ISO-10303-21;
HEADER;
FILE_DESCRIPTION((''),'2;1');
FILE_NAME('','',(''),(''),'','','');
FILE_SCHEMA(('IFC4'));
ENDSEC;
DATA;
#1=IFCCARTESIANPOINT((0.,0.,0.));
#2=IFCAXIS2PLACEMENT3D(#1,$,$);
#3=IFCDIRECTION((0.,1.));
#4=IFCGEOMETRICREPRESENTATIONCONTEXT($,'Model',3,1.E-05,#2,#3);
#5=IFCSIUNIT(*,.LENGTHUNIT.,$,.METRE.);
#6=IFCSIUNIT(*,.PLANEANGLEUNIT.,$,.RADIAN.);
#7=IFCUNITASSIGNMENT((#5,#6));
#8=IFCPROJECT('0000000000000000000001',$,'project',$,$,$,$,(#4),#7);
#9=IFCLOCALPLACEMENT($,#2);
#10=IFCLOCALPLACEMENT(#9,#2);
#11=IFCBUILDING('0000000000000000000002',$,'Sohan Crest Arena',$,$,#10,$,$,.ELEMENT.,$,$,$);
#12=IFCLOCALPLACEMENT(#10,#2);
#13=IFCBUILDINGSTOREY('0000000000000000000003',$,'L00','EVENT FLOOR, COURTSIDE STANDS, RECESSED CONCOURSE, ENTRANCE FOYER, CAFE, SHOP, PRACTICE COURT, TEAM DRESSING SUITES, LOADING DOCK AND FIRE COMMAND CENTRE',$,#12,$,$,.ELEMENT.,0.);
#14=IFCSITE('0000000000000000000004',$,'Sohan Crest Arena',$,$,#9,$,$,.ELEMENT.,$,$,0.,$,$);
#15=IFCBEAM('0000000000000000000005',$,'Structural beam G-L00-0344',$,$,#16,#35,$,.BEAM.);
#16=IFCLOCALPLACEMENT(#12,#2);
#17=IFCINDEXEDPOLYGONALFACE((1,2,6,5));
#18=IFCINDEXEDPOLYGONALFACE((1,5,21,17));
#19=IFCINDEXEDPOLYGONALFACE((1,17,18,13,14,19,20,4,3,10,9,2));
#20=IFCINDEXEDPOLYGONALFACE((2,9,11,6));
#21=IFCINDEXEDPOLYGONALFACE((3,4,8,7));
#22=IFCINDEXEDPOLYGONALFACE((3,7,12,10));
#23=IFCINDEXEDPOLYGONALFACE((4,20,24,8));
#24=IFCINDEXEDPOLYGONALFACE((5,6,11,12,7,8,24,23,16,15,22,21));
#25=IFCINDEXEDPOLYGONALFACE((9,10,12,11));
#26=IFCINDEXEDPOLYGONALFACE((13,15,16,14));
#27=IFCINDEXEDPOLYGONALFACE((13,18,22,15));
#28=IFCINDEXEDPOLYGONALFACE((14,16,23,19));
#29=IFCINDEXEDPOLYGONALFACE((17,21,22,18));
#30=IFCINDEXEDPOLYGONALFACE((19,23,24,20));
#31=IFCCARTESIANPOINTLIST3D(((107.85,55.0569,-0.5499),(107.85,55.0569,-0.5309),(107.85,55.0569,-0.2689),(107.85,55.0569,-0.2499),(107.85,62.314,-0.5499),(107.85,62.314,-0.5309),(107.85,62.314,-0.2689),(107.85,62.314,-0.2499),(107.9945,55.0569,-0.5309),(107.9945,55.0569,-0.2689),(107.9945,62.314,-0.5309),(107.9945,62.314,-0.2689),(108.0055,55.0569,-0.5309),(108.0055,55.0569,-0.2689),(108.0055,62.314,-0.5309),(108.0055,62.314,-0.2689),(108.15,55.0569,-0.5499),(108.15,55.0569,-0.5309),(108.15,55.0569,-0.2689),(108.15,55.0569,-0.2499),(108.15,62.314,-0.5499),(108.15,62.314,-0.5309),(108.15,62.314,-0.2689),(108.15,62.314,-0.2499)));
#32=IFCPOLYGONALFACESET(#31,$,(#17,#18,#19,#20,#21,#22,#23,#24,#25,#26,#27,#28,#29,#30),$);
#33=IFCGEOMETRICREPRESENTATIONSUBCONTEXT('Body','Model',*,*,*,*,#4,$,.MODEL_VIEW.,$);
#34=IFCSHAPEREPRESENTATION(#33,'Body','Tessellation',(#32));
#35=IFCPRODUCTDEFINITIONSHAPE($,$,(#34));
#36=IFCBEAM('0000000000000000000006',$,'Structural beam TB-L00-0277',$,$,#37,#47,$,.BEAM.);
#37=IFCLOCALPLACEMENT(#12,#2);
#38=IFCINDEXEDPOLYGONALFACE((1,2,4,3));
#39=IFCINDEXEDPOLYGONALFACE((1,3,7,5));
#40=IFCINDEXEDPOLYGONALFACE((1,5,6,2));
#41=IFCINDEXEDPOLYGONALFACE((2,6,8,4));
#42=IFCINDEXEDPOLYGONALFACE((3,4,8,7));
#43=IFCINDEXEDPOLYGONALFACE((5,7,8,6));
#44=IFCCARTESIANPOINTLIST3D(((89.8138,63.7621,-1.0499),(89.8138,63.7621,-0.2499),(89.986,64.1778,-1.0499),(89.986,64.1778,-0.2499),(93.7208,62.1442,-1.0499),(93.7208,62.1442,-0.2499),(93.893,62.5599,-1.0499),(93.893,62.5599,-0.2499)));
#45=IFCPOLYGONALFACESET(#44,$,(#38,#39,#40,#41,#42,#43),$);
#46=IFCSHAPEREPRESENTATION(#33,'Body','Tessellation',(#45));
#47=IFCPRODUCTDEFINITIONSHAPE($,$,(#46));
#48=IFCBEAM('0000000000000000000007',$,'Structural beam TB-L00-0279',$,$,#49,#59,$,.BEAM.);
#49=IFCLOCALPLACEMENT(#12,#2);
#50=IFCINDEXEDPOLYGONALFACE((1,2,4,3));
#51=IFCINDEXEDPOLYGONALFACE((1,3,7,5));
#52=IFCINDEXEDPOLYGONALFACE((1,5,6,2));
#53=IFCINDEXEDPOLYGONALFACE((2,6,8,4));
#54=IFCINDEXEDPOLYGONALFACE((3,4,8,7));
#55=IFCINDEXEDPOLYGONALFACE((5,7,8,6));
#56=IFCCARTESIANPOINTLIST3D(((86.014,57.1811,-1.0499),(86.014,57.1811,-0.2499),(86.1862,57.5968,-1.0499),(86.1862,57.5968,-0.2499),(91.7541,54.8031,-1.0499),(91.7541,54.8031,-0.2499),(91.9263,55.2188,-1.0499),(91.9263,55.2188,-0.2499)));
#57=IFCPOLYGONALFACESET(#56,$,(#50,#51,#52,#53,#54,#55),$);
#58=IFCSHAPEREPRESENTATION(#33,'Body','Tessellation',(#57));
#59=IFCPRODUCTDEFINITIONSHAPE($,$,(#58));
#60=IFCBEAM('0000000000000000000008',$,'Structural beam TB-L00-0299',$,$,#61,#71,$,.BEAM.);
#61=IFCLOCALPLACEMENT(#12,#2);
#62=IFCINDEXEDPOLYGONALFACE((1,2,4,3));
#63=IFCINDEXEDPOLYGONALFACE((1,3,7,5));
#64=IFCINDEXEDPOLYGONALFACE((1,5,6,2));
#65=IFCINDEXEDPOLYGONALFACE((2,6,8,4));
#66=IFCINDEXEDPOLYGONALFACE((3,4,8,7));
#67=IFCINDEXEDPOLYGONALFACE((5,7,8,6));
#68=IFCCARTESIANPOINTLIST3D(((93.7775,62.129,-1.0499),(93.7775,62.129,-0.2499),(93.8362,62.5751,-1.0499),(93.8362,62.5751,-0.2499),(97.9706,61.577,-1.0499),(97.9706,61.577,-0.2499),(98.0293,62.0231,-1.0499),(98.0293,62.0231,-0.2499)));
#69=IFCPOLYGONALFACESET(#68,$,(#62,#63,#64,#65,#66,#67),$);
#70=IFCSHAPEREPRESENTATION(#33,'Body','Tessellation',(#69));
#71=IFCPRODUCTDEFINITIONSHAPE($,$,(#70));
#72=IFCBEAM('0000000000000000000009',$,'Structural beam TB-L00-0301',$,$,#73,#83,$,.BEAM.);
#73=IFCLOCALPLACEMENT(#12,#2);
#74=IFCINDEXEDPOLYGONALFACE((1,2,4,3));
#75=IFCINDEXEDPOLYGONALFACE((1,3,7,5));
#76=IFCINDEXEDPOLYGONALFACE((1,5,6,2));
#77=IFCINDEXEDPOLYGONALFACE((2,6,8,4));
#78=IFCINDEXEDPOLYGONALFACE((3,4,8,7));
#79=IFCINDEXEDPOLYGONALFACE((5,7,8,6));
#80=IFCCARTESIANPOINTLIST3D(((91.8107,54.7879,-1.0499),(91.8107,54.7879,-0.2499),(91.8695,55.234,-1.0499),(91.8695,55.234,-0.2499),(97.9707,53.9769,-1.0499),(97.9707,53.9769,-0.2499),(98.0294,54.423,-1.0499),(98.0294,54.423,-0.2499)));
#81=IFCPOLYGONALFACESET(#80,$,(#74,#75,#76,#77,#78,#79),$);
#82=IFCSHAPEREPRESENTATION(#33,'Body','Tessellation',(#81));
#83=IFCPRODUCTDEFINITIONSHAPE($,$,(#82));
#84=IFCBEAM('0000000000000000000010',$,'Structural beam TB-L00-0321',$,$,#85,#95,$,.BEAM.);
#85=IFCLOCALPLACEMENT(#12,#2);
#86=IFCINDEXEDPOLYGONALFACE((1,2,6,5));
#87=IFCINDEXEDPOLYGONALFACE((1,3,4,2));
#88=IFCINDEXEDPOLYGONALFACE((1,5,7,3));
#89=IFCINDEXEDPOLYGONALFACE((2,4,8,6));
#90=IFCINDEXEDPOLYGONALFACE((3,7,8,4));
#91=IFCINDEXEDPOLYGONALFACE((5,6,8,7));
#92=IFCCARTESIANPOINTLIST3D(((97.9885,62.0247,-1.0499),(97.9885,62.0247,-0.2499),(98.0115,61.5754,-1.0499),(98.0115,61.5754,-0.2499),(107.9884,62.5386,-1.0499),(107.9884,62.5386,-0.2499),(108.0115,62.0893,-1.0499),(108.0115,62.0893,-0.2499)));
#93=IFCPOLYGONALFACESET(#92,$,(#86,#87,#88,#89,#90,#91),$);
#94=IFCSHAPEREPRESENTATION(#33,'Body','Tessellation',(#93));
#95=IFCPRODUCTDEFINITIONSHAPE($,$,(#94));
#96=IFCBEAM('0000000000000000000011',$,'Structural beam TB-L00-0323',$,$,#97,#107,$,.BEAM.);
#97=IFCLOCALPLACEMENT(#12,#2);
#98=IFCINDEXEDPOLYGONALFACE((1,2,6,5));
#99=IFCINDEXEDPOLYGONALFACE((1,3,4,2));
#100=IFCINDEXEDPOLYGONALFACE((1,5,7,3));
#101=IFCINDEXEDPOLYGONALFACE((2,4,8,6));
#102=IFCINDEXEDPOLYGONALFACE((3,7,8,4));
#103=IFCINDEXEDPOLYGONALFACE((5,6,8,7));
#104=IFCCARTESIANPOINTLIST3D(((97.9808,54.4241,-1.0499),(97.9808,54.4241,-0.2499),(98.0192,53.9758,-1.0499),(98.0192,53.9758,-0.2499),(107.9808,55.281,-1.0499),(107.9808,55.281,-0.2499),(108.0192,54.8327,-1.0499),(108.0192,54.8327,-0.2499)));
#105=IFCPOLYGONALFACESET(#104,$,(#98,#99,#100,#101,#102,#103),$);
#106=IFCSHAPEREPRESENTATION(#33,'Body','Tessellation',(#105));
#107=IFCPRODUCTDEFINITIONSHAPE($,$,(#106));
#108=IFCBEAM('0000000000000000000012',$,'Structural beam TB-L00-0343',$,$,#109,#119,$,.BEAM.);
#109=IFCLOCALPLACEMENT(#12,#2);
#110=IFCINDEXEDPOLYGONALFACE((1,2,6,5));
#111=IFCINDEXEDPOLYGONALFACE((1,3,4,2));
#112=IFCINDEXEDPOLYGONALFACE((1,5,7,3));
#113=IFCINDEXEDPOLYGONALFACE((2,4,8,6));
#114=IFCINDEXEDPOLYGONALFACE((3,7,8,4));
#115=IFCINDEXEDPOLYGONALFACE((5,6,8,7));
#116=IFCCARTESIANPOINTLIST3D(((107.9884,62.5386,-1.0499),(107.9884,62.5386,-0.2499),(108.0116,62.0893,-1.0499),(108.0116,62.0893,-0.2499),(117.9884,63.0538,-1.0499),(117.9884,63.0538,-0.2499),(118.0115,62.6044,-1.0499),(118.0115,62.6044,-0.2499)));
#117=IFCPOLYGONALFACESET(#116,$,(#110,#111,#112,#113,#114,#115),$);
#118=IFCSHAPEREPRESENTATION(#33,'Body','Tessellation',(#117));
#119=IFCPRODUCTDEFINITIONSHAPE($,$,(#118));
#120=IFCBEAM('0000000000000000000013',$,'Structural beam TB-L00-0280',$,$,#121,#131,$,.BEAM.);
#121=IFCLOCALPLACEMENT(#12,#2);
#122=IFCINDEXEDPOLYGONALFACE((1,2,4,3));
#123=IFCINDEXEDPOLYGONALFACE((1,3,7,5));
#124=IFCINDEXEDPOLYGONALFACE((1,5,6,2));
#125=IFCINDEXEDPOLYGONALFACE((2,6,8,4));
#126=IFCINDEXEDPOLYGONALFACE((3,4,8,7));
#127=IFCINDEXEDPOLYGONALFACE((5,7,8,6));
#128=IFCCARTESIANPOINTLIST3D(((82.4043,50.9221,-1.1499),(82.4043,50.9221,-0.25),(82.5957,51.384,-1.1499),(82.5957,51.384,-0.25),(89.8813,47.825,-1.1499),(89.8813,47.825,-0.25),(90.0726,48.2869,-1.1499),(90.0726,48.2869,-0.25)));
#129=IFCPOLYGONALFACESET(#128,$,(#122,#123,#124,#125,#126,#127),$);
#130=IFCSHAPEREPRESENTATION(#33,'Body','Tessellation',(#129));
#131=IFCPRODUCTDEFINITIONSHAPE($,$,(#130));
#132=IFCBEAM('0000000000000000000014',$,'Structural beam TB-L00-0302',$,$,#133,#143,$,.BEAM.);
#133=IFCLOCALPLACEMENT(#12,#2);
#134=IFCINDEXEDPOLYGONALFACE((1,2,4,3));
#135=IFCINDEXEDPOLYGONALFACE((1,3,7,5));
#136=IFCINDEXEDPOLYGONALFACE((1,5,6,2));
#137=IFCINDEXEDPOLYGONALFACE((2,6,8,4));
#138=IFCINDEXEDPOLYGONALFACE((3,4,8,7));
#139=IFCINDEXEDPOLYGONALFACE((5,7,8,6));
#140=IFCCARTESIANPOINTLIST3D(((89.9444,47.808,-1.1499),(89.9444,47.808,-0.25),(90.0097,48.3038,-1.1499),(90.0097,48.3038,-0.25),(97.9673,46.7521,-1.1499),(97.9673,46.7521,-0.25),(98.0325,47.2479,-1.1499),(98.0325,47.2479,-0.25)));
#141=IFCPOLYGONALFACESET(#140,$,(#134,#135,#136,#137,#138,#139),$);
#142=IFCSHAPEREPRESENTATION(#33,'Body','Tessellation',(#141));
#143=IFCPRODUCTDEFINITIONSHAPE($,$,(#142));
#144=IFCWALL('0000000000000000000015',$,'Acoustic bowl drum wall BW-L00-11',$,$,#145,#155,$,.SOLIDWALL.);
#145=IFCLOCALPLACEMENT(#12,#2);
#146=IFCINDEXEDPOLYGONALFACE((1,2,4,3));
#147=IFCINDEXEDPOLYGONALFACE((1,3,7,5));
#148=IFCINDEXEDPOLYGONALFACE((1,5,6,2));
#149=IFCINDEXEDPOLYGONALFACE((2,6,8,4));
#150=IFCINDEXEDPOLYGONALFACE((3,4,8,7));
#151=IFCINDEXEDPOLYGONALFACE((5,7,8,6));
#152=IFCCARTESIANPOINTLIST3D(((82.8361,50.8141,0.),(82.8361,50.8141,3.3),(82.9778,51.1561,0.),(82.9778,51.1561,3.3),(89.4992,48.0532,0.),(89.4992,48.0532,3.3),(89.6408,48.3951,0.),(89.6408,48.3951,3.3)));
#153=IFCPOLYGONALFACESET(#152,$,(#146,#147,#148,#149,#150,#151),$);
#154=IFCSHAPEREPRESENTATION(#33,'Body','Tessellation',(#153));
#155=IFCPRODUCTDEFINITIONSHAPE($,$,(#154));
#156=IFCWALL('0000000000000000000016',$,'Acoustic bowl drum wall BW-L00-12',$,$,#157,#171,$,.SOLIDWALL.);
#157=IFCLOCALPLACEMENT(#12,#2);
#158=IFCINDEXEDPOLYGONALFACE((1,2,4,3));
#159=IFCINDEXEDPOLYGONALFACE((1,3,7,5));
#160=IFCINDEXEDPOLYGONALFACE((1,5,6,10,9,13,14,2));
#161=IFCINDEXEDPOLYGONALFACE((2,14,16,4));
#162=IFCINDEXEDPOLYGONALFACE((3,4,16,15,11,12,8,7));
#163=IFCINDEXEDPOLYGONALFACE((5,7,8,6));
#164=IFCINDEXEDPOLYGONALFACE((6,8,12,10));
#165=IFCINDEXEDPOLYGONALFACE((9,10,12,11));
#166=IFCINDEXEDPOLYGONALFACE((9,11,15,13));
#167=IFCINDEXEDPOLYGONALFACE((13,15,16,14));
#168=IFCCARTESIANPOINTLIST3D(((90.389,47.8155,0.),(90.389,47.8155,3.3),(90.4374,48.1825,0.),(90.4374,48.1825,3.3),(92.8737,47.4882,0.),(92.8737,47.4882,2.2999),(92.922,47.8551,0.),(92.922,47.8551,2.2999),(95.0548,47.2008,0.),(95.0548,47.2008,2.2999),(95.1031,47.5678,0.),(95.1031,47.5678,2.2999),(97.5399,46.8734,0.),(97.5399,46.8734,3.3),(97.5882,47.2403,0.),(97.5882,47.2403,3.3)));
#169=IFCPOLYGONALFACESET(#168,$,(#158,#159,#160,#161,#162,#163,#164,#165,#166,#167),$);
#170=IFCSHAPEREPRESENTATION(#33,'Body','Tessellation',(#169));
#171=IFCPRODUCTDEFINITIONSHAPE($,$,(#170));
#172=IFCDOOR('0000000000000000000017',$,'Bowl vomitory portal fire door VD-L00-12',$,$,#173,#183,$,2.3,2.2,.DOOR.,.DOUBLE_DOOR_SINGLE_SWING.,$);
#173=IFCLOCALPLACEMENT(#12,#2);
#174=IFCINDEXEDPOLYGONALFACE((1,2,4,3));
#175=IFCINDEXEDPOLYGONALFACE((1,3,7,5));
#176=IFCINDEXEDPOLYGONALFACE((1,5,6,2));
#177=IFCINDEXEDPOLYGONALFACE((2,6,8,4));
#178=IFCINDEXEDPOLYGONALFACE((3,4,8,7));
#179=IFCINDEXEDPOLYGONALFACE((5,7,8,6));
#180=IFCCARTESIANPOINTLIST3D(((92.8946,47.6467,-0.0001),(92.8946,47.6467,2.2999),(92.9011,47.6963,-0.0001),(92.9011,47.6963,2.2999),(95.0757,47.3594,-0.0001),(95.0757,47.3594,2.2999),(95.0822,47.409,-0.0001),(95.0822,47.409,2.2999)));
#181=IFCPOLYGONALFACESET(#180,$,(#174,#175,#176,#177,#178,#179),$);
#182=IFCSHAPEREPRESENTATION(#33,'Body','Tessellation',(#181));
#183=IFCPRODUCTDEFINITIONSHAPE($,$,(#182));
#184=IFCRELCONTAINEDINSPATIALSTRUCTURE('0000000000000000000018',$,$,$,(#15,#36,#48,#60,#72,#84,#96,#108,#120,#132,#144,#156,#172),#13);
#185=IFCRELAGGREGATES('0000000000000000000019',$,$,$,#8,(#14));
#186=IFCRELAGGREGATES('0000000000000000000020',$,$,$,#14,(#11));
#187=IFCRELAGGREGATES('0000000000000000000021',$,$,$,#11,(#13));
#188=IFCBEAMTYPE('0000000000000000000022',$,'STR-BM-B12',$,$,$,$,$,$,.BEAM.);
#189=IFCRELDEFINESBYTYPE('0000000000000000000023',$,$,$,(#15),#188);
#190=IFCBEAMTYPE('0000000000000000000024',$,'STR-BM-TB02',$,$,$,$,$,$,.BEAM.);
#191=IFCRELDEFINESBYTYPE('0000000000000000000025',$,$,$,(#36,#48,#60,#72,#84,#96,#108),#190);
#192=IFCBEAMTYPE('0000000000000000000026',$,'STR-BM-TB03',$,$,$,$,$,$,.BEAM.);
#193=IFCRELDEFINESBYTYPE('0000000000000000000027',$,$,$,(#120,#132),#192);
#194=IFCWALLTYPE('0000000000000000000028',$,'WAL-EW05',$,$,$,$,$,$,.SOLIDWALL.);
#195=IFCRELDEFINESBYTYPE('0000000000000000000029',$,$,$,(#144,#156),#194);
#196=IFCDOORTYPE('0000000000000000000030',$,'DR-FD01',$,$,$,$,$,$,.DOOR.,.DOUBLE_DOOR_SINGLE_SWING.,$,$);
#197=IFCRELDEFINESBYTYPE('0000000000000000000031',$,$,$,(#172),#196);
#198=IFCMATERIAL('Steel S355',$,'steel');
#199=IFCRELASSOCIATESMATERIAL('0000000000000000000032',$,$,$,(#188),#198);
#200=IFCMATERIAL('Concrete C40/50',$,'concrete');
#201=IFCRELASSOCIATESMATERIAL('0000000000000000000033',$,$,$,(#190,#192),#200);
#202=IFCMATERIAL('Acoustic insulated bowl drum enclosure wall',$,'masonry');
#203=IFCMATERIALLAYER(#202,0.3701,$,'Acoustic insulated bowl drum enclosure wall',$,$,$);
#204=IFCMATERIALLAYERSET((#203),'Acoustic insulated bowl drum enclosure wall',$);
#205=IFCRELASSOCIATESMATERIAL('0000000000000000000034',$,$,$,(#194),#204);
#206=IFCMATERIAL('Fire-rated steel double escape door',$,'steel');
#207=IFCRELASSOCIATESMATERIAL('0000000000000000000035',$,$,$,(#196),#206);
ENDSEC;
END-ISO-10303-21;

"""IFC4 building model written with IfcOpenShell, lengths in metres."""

from ifc_helpers import new_model, si_unit, direction, frame, frame_2d, origin, origin_2d, place, context, subcontext, project, spatial, rectangle, i_section, extrude, material, layer, layer_set, material_profile, profile_set, type_object, element, fill, save


model = new_model("IFC4")

# Units and contexts
model_context = context("Model", 3, precision=1e-05, world=origin(), true_north=direction((0.0, 1.0)))
body_context = subcontext(model_context, "Body", "Model", "MODEL_VIEW")
ifc_project = project(units=[si_unit("LENGTHUNIT", "METRE"), si_unit("PLANEANGLEUNIT", "RADIAN")], contexts=[model_context])

# Site, building, storey
site_placement = place(None, origin())
site = spatial("IfcSite", under=ifc_project, at=site_placement, Name="Sohan Crest Arena", CompositionType="ELEMENT", RefElevation=0.0)
building_placement = place(site_placement, origin())
building = spatial("IfcBuilding", under=site, at=building_placement, Name="Sohan Crest Arena", CompositionType="ELEMENT")
storey_placement = place(building_placement, origin())
storey = spatial("IfcBuildingStorey", under=building, at=storey_placement, Name="L00", Description="EVENT FLOOR, COURTSIDE STANDS, RECESSED CONCOURSE, ENTRANCE FOYER, CAFE, SHOP, PRACTICE COURT, TEAM DRESSING SUITES, LOADING DOCK AND FIRE COMMAND CENTRE", CompositionType="ELEMENT", Elevation=0.0)

# Shared definitions
ifc_material_1 = material(Name="Concrete C40/50", Category="concrete")

# Beams
ifc_material_2 = material(Name="Steel S355", Category="steel")
ifc_material_profile_1 = material_profile(ifc_material_2, i_section(OverallWidth=0.3, OverallDepth=0.3, WebThickness=0.011, FlangeThickness=0.019, at=origin_2d()), Name="HEB 300")
ifc_profile_set_1 = profile_set([ifc_material_profile_1], Name="Steel S355")
beam_type_1 = type_object("IfcBeamType", Name="STR-BM-B12", PredefinedType="BEAM", material=ifc_profile_set_1)
beam_1_placement = place(storey_placement, frame((108.0, 62.314, -0.3999), z_axis=(0.0, -1.0, 0.0), x_axis=(1.0, 0.0, 0.0)))
element("IfcBeam", 1, at=beam_1_placement, inside=storey, type_object=beam_type_1, Name="Structural beam G-L00-0344", PredefinedType="BEAM", context=body_context, shape_type="SweptSolid", body=[
    extrude(i_section(OverallWidth=0.3, OverallDepth=0.3, WebThickness=0.011, FlangeThickness=0.019, at=origin_2d()), origin(), (0.0, 0.0, 1.0), 7.2571),
])
ifc_material_profile_2 = material_profile(ifc_material_1, rectangle(XDim=0.45, YDim=0.8, at=origin_2d()), Name="RC-BM 450x800")
ifc_profile_set_2 = profile_set([ifc_material_profile_2], Name="Concrete C40/50")
beam_type_2 = type_object("IfcBeamType", Name="STR-BM-TB02", PredefinedType="BEAM", material=ifc_profile_set_2)
beam_2_placement = place(storey_placement, frame((89.8999, 63.97, -0.6499), z_axis=(0.923913, -0.382602, 0.0), x_axis=(0.382602, 0.923913, 0.0)))
element("IfcBeam", 2, at=beam_2_placement, inside=storey, type_object=beam_type_2, Name="Structural beam TB-L00-0277", PredefinedType="BEAM", context=body_context, shape_type="SweptSolid", body=[
    extrude(rectangle(XDim=0.45, YDim=0.8, at=origin_2d()), origin(), (0.0, 0.0, 1.0), 4.2288),
])
beam_3_placement = place(storey_placement, frame((86.1001, 57.3889, -0.6499), z_axis=(0.92386, -0.382731, 0.0), x_axis=(0.382731, 0.92386, 0.0)))
element("IfcBeam", 3, at=beam_3_placement, inside=storey, type_object=beam_type_2, Name="Structural beam TB-L00-0279", PredefinedType="BEAM", context=body_context, shape_type="SweptSolid", body=[
    extrude(rectangle(XDim=0.45, YDim=0.8, at=origin_2d()), origin(), (0.0, 0.0, 1.0), 6.2131),
])
beam_4_placement = place(storey_placement, frame((93.8069, 62.3521, -0.6499), z_axis=(0.991446, -0.130519, 0.0), x_axis=(0.130519, 0.991446, 0.0)))
element("IfcBeam", 4, at=beam_4_placement, inside=storey, type_object=beam_type_2, Name="Structural beam TB-L00-0299", PredefinedType="BEAM", context=body_context, shape_type="SweptSolid", body=[
    extrude(rectangle(XDim=0.45, YDim=0.8, at=origin_2d()), origin(), (0.0, 0.0, 1.0), 4.2292),
])
beam_5_placement = place(storey_placement, frame((91.8401, 55.011, -0.6499), z_axis=(0.991443, -0.130537, 0.0), x_axis=(0.130537, 0.991443, 0.0)))
element("IfcBeam", 5, at=beam_5_placement, inside=storey, type_object=beam_type_2, Name="Structural beam TB-L00-0301", PredefinedType="BEAM", context=body_context, shape_type="SweptSolid", body=[
    extrude(rectangle(XDim=0.45, YDim=0.8, at=origin_2d()), origin(), (0.0, 0.0, 1.0), 6.2131),
])
beam_6_placement = place(storey_placement, frame((98.0, 61.8, -0.6499), z_axis=(0.998682, 0.051324, 0.0), x_axis=(-0.051324, 0.998682, 0.0)))
element("IfcBeam", 6, at=beam_6_placement, inside=storey, type_object=beam_type_2, Name="Structural beam TB-L00-0321", PredefinedType="BEAM", context=body_context, shape_type="SweptSolid", body=[
    extrude(rectangle(XDim=0.45, YDim=0.8, at=origin_2d()), origin(), (0.0, 0.0, 1.0), 10.0132),
])
beam_7_placement = place(storey_placement, frame((98.0, 54.2, -0.6499), z_axis=(0.996348, 0.08538, 0.0), x_axis=(-0.08538, 0.996348, 0.0)))
element("IfcBeam", 7, at=beam_7_placement, inside=storey, type_object=beam_type_2, Name="Structural beam TB-L00-0323", PredefinedType="BEAM", context=body_context, shape_type="SweptSolid", body=[
    extrude(rectangle(XDim=0.45, YDim=0.8, at=origin_2d()), origin(), (0.0, 0.0, 1.0), 10.0366),
])
beam_8_placement = place(storey_placement, frame((108.0, 62.314, -0.6499), z_axis=(0.998676, 0.051445, 0.0), x_axis=(-0.051445, 0.998676, 0.0)))
element("IfcBeam", 8, at=beam_8_placement, inside=storey, type_object=beam_type_2, Name="Structural beam TB-L00-0343", PredefinedType="BEAM", context=body_context, shape_type="SweptSolid", body=[
    extrude(rectangle(XDim=0.45, YDim=0.8, at=origin_2d()), origin(), (0.0, 0.0, 1.0), 10.0132),
])
ifc_material_profile_3 = material_profile(ifc_material_1, rectangle(XDim=0.5, YDim=0.8999, at=origin_2d()), Name="RC-BM 500x900")
ifc_profile_set_3 = profile_set([ifc_material_profile_3], Name="Concrete C40/50")
beam_type_3 = type_object("IfcBeamType", Name="STR-BM-TB03", PredefinedType="BEAM", material=ifc_profile_set_3)
beam_9_placement = place(storey_placement, frame((82.5, 51.1531, -0.7), z_axis=(0.923876, -0.382691, 0.0), x_axis=(0.382691, 0.923876, 0.0)))
element("IfcBeam", 9, at=beam_9_placement, inside=storey, type_object=beam_type_3, Name="Structural beam TB-L00-0280", PredefinedType="BEAM", context=body_context, shape_type="SweptSolid", body=[
    extrude(rectangle(XDim=0.5, YDim=0.8999, at=origin_2d()), origin(), (0.0, 0.0, 1.0), 8.093),
])
beam_10_placement = place(storey_placement, frame((89.9771, 48.0559, -0.7), z_axis=(0.99145, -0.130486, 0.0), x_axis=(0.130486, 0.99145, 0.0)))
element("IfcBeam", 10, at=beam_10_placement, inside=storey, type_object=beam_type_3, Name="Structural beam TB-L00-0302", PredefinedType="BEAM", context=body_context, shape_type="SweptSolid", body=[
    extrude(rectangle(XDim=0.5, YDim=0.8999, at=origin_2d()), origin(), (0.0, 0.0, 1.0), 8.092),
])

# Wall
ifc_material_3 = material(Name="Acoustic insulated bowl drum enclosure wall", Category="masonry")
ifc_layer = layer(ifc_material_3, 0.3701, Name="Acoustic insulated bowl drum enclosure wall")
ifc_layer_set = layer_set([ifc_layer], Name="Acoustic insulated bowl drum enclosure wall")
wall_type = type_object("IfcWallType", Name="WAL-EW05", PredefinedType="SOLIDWALL", material=ifc_layer_set)
wall_1_placement = place(storey_placement, frame((82.907, 50.9851, 0.0), z_axis=(0.0, 0.0, 1.0), x_axis=(0.923828, -0.382807, 0.0)))
element("IfcWall", 11, at=wall_1_placement, inside=storey, type_object=wall_type, Name="Acoustic bowl drum wall BW-L00-11", PredefinedType="SOLIDWALL", context=body_context, shape_type="SweptSolid", body=[
    extrude(rectangle(XDim=7.2124, YDim=0.3701, at=frame_2d((3.6062, 0.0))), origin(), (0.0, 0.0, 1.0), 3.3),
])

# Wall, opening, door
wall_2_placement = place(storey_placement, frame((90.4131, 47.999, 0.0), z_axis=(0.0, 0.0, 1.0), x_axis=(0.991432, -0.130623, 0.0)))
wall_2 = element("IfcWall", 12, at=wall_2_placement, inside=storey, type_object=wall_type, Name="Acoustic bowl drum wall BW-L00-12", PredefinedType="SOLIDWALL", context=body_context, shape_type="SweptSolid", body=[
    extrude(rectangle(XDim=7.2126, YDim=0.3701, at=frame_2d((3.6064, 0.0))), origin(), (0.0, 0.0, 1.0), 3.3),
])
opening_placement = place(wall_2_placement, frame((2.5061, 0.0, 0.0)))
opening = element("IfcOpeningElement", 13, at=opening_placement, cuts=wall_2, PredefinedType="OPENING", context=body_context, shape_type="SweptSolid", body=[
    extrude(rectangle(XDim=2.2, YDim=2.3, at=frame_2d((1.1001, 1.1499))), frame((0.0, 0.1951, 0.0), z_axis=(0.0, -1.0, 0.0), x_axis=(1.0, 0.0, 0.0)), (0.0, 0.0, 1.0), 0.3901),
])
ifc_material_4 = material(Name="Fire-rated steel double escape door", Category="steel")
door_type = type_object("IfcDoorType", Name="DR-FD01", OperationType="DOUBLE_DOOR_SINGLE_SWING", PredefinedType="DOOR", material=ifc_material_4)
door_placement = place(opening_placement, origin())
door = element("IfcDoor", 14, at=door_placement, inside=storey, type_object=door_type, Name="Bowl vomitory portal fire door VD-L00-12", OperationType="DOUBLE_DOOR_SINGLE_SWING", OverallHeight=2.3, OverallWidth=2.2, PredefinedType="DOOR", context=body_context, shape_type="SweptSolid", body=[
    extrude(rectangle(XDim=2.2, YDim=2.3, at=frame_2d((1.1001, 1.1499))), frame((0.0, 0.0249, 0.0), z_axis=(0.0, -1.0, 0.0), x_axis=(1.0, 0.0, 0.0)), (0.0, 0.0, 1.0), 0.05),
])
fill(opening, door)

save(model, "model.ifc")
